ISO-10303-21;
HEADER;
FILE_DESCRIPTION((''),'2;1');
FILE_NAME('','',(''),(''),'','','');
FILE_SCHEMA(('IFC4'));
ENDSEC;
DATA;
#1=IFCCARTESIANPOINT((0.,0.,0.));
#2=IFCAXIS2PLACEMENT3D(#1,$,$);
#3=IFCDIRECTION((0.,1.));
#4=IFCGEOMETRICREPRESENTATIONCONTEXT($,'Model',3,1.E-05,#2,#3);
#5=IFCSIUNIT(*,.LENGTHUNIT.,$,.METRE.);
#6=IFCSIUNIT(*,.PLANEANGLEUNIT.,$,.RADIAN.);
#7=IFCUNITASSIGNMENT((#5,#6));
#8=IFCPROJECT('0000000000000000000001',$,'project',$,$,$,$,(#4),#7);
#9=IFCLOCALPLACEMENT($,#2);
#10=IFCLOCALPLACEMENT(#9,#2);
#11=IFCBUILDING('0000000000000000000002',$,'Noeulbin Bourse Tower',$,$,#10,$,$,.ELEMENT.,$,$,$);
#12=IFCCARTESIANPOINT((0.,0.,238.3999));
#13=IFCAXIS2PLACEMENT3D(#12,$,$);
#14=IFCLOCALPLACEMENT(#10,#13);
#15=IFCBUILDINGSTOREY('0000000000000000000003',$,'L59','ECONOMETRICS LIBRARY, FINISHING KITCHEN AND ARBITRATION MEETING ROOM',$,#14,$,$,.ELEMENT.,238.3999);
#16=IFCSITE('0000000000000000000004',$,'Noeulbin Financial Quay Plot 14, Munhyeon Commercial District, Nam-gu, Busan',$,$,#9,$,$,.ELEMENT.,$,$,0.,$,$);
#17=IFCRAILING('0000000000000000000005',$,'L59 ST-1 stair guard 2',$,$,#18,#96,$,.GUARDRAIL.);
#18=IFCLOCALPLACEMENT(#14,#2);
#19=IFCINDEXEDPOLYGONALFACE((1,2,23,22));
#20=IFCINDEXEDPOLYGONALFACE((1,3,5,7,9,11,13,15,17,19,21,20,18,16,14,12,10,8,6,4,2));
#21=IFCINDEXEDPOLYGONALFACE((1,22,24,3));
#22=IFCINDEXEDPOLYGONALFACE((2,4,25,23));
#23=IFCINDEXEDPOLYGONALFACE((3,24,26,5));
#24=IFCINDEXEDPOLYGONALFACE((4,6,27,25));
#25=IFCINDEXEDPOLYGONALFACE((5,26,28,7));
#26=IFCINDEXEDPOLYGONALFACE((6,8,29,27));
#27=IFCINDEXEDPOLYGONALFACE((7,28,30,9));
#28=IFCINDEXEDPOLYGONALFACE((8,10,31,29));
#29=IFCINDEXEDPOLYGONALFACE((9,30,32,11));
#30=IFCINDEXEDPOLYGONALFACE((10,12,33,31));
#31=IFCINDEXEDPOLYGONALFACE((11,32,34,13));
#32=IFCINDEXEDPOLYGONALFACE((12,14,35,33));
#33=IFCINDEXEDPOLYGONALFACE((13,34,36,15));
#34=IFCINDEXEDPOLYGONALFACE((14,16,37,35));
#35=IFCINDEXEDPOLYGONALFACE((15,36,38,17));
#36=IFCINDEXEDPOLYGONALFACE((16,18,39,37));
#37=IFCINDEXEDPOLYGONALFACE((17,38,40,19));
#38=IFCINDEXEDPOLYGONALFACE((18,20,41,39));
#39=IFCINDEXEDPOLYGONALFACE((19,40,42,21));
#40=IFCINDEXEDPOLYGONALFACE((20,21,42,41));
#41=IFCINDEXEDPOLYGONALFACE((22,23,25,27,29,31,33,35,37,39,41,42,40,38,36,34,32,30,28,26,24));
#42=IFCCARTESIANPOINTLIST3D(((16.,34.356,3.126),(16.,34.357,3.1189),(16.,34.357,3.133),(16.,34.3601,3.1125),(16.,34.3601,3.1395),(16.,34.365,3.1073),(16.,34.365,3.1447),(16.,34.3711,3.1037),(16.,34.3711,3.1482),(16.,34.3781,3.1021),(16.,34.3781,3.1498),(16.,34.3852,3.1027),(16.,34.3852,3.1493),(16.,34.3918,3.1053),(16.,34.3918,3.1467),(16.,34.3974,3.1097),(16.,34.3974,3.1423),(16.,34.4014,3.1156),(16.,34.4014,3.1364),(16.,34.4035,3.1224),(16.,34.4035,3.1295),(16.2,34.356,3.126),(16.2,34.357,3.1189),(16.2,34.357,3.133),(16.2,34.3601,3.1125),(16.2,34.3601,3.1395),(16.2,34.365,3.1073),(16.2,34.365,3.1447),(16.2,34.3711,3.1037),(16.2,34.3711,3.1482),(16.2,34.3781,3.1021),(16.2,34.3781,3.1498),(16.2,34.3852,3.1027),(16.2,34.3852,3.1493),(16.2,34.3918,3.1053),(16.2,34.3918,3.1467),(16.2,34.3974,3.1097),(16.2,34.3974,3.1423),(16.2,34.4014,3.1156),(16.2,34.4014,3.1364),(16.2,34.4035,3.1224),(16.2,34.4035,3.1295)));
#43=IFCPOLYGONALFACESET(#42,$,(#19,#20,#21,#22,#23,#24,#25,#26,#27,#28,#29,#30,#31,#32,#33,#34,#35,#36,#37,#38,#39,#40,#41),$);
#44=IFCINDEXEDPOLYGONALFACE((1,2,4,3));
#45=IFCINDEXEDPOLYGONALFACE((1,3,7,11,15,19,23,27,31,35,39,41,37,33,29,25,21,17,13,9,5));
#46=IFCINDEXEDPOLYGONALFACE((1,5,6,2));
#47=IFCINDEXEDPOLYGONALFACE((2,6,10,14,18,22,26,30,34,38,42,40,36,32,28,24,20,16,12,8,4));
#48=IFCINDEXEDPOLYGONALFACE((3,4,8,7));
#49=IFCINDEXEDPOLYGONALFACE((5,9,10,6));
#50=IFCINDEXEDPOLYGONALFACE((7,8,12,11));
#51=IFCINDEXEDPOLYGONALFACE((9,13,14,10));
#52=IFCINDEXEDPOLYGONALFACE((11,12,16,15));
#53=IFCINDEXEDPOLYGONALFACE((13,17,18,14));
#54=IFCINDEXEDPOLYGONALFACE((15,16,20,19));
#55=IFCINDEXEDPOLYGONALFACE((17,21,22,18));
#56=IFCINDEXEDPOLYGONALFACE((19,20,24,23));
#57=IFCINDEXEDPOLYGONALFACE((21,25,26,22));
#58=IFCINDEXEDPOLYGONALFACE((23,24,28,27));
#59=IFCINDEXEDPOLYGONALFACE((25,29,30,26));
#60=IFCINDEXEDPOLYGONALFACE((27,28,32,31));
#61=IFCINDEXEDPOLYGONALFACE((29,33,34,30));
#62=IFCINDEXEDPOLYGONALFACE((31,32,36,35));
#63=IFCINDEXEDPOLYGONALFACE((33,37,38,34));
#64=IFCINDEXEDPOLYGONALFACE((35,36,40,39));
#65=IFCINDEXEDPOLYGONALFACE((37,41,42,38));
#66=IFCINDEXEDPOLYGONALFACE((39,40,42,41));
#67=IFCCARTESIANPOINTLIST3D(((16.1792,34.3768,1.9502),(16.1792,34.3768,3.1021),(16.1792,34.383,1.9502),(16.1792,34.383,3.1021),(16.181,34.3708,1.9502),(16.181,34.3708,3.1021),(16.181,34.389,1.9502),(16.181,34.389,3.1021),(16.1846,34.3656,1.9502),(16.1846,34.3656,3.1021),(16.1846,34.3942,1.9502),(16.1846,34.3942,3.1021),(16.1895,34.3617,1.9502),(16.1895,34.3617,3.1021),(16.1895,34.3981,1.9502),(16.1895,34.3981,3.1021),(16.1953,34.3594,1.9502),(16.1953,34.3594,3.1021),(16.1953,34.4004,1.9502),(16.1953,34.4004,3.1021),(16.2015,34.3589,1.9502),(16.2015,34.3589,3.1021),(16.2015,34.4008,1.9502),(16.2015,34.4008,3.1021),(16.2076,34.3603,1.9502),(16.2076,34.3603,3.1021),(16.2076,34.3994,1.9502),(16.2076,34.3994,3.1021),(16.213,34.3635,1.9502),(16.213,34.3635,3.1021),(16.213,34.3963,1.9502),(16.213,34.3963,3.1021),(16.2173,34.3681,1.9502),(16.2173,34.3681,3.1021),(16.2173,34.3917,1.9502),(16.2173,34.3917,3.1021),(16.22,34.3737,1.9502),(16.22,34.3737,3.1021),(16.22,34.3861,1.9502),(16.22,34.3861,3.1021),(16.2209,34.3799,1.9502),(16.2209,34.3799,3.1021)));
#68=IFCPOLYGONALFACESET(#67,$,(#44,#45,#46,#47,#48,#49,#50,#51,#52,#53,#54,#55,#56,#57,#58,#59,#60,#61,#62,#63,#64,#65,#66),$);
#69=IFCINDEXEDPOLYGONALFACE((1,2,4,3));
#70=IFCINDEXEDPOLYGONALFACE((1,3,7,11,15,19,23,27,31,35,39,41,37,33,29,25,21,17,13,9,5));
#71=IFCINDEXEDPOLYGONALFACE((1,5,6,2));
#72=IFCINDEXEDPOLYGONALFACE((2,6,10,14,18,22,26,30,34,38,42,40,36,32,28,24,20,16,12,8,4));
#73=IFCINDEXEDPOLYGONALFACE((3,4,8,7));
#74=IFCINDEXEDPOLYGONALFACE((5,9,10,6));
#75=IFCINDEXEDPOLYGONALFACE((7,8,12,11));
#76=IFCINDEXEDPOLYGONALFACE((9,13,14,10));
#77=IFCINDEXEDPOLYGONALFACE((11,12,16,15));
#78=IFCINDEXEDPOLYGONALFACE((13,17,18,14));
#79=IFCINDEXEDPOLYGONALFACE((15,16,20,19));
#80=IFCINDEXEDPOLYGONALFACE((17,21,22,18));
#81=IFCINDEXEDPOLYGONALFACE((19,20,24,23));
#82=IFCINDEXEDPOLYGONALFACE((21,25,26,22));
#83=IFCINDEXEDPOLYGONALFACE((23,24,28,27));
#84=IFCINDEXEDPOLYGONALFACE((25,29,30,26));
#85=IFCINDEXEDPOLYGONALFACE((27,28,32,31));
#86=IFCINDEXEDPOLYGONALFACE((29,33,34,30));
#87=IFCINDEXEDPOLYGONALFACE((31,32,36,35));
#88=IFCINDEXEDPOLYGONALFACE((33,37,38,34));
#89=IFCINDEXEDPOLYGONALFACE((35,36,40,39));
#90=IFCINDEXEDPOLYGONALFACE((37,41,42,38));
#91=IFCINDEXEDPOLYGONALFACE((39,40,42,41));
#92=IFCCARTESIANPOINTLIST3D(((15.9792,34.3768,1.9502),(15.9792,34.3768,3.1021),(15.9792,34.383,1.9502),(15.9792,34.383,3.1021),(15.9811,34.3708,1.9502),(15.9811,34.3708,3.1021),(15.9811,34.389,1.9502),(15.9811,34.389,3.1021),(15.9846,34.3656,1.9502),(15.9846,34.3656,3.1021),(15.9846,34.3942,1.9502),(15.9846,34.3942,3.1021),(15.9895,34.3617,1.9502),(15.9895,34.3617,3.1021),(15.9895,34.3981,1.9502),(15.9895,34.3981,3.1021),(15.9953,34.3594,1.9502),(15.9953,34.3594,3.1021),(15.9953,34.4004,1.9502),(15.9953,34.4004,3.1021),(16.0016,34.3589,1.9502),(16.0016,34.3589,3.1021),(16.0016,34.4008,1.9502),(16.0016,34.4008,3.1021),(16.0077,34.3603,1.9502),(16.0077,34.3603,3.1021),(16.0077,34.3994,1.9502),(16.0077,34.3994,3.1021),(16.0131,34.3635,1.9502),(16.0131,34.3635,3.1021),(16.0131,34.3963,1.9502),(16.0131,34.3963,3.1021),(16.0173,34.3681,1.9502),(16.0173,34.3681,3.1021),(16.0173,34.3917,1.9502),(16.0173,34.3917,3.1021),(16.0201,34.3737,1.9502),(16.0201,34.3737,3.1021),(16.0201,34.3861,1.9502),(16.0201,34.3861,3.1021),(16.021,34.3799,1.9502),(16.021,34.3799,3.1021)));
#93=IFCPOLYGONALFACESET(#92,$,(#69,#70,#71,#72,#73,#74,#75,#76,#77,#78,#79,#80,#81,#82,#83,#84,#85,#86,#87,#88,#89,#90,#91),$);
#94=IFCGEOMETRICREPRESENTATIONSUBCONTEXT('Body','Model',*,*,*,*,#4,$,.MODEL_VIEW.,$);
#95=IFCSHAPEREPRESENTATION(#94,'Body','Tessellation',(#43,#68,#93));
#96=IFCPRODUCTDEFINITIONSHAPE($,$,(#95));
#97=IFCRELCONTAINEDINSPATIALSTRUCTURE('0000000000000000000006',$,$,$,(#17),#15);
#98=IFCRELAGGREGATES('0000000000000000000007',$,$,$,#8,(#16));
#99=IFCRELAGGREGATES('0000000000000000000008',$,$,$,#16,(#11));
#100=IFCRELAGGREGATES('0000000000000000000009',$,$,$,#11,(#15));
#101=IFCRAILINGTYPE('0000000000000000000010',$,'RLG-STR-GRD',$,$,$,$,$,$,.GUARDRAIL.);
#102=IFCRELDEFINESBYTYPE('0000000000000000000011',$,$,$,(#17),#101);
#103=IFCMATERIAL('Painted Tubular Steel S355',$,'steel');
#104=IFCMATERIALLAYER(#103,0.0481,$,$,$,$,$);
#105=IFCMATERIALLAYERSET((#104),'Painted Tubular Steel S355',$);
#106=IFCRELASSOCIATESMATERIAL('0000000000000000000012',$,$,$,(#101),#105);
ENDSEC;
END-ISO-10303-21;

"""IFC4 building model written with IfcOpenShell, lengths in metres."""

from ifc_helpers import new_model, si_unit, direction, frame, origin, origin_2d, place, context, subcontext, project, spatial, circle, extrude, material, layer, layer_set, type_object, element, save


model = new_model("IFC4")

# Units and contexts
model_context = context("Model", 3, precision=1e-05, world=origin(), true_north=direction((0.0, 1.0)))
body_context = subcontext(model_context, "Body", "Model", "MODEL_VIEW")
ifc_project = project(units=[si_unit("LENGTHUNIT", "METRE"), si_unit("PLANEANGLEUNIT", "RADIAN")], contexts=[model_context])

# Site, building, storey
site_placement = place(None, origin())
site = spatial("IfcSite", under=ifc_project, at=site_placement, Name="Noeulbin Financial Quay Plot 14, Munhyeon Commercial District, Nam-gu, Busan", CompositionType="ELEMENT", RefElevation=0.0)
building_placement = place(site_placement, origin())
building = spatial("IfcBuilding", under=site, at=building_placement, Name="Noeulbin Bourse Tower", CompositionType="ELEMENT")
storey_placement = place(building_placement, frame((0.0, 0.0, 238.3999)))
storey = spatial("IfcBuildingStorey", under=building, at=storey_placement, Name="L59", Description="ECONOMETRICS LIBRARY, FINISHING KITCHEN AND ARBITRATION MEETING ROOM", CompositionType="ELEMENT", Elevation=238.3999)

# Railing
ifc_material_1 = material(Name="Painted Tubular Steel S355", Category="steel")
ifc_layer_1 = layer(ifc_material_1, 0.0481)
ifc_layer_set_1 = layer_set([ifc_layer_1], Name="Painted Tubular Steel S355")
railing_type_1 = type_object("IfcRailingType", Name="RLG-STR-GRD", PredefinedType="GUARDRAIL", material=ifc_layer_set_1)
railing_1_placement = place(storey_placement, frame((16.2, 34.3799, 1.9502)))
element("IfcRailing", 1, at=railing_1_placement, inside=storey, type_object=railing_type_1, Name="L59 ST-1 stair guard 2", PredefinedType="GUARDRAIL", context=body_context, shape_type="SweptSolid", body=[
    extrude(circle(Radius=0.0239, at=origin_2d()), frame((0.0, 0.0, 1.1758), z_axis=(-1.0, 0.0, 0.0), x_axis=(0.0, -1.0, 0.0)), (0.0, 0.0, 1.0), 0.2),
    extrude(circle(Radius=0.021, at=origin_2d()), origin(), (0.0, 0.0, 1.0), 1.1519),
    extrude(circle(Radius=0.021, at=origin_2d()), frame((-0.2, 0.0, 0.0)), (0.0, 0.0, 1.0), 1.1519),
])

save(model, "model.ifc")
